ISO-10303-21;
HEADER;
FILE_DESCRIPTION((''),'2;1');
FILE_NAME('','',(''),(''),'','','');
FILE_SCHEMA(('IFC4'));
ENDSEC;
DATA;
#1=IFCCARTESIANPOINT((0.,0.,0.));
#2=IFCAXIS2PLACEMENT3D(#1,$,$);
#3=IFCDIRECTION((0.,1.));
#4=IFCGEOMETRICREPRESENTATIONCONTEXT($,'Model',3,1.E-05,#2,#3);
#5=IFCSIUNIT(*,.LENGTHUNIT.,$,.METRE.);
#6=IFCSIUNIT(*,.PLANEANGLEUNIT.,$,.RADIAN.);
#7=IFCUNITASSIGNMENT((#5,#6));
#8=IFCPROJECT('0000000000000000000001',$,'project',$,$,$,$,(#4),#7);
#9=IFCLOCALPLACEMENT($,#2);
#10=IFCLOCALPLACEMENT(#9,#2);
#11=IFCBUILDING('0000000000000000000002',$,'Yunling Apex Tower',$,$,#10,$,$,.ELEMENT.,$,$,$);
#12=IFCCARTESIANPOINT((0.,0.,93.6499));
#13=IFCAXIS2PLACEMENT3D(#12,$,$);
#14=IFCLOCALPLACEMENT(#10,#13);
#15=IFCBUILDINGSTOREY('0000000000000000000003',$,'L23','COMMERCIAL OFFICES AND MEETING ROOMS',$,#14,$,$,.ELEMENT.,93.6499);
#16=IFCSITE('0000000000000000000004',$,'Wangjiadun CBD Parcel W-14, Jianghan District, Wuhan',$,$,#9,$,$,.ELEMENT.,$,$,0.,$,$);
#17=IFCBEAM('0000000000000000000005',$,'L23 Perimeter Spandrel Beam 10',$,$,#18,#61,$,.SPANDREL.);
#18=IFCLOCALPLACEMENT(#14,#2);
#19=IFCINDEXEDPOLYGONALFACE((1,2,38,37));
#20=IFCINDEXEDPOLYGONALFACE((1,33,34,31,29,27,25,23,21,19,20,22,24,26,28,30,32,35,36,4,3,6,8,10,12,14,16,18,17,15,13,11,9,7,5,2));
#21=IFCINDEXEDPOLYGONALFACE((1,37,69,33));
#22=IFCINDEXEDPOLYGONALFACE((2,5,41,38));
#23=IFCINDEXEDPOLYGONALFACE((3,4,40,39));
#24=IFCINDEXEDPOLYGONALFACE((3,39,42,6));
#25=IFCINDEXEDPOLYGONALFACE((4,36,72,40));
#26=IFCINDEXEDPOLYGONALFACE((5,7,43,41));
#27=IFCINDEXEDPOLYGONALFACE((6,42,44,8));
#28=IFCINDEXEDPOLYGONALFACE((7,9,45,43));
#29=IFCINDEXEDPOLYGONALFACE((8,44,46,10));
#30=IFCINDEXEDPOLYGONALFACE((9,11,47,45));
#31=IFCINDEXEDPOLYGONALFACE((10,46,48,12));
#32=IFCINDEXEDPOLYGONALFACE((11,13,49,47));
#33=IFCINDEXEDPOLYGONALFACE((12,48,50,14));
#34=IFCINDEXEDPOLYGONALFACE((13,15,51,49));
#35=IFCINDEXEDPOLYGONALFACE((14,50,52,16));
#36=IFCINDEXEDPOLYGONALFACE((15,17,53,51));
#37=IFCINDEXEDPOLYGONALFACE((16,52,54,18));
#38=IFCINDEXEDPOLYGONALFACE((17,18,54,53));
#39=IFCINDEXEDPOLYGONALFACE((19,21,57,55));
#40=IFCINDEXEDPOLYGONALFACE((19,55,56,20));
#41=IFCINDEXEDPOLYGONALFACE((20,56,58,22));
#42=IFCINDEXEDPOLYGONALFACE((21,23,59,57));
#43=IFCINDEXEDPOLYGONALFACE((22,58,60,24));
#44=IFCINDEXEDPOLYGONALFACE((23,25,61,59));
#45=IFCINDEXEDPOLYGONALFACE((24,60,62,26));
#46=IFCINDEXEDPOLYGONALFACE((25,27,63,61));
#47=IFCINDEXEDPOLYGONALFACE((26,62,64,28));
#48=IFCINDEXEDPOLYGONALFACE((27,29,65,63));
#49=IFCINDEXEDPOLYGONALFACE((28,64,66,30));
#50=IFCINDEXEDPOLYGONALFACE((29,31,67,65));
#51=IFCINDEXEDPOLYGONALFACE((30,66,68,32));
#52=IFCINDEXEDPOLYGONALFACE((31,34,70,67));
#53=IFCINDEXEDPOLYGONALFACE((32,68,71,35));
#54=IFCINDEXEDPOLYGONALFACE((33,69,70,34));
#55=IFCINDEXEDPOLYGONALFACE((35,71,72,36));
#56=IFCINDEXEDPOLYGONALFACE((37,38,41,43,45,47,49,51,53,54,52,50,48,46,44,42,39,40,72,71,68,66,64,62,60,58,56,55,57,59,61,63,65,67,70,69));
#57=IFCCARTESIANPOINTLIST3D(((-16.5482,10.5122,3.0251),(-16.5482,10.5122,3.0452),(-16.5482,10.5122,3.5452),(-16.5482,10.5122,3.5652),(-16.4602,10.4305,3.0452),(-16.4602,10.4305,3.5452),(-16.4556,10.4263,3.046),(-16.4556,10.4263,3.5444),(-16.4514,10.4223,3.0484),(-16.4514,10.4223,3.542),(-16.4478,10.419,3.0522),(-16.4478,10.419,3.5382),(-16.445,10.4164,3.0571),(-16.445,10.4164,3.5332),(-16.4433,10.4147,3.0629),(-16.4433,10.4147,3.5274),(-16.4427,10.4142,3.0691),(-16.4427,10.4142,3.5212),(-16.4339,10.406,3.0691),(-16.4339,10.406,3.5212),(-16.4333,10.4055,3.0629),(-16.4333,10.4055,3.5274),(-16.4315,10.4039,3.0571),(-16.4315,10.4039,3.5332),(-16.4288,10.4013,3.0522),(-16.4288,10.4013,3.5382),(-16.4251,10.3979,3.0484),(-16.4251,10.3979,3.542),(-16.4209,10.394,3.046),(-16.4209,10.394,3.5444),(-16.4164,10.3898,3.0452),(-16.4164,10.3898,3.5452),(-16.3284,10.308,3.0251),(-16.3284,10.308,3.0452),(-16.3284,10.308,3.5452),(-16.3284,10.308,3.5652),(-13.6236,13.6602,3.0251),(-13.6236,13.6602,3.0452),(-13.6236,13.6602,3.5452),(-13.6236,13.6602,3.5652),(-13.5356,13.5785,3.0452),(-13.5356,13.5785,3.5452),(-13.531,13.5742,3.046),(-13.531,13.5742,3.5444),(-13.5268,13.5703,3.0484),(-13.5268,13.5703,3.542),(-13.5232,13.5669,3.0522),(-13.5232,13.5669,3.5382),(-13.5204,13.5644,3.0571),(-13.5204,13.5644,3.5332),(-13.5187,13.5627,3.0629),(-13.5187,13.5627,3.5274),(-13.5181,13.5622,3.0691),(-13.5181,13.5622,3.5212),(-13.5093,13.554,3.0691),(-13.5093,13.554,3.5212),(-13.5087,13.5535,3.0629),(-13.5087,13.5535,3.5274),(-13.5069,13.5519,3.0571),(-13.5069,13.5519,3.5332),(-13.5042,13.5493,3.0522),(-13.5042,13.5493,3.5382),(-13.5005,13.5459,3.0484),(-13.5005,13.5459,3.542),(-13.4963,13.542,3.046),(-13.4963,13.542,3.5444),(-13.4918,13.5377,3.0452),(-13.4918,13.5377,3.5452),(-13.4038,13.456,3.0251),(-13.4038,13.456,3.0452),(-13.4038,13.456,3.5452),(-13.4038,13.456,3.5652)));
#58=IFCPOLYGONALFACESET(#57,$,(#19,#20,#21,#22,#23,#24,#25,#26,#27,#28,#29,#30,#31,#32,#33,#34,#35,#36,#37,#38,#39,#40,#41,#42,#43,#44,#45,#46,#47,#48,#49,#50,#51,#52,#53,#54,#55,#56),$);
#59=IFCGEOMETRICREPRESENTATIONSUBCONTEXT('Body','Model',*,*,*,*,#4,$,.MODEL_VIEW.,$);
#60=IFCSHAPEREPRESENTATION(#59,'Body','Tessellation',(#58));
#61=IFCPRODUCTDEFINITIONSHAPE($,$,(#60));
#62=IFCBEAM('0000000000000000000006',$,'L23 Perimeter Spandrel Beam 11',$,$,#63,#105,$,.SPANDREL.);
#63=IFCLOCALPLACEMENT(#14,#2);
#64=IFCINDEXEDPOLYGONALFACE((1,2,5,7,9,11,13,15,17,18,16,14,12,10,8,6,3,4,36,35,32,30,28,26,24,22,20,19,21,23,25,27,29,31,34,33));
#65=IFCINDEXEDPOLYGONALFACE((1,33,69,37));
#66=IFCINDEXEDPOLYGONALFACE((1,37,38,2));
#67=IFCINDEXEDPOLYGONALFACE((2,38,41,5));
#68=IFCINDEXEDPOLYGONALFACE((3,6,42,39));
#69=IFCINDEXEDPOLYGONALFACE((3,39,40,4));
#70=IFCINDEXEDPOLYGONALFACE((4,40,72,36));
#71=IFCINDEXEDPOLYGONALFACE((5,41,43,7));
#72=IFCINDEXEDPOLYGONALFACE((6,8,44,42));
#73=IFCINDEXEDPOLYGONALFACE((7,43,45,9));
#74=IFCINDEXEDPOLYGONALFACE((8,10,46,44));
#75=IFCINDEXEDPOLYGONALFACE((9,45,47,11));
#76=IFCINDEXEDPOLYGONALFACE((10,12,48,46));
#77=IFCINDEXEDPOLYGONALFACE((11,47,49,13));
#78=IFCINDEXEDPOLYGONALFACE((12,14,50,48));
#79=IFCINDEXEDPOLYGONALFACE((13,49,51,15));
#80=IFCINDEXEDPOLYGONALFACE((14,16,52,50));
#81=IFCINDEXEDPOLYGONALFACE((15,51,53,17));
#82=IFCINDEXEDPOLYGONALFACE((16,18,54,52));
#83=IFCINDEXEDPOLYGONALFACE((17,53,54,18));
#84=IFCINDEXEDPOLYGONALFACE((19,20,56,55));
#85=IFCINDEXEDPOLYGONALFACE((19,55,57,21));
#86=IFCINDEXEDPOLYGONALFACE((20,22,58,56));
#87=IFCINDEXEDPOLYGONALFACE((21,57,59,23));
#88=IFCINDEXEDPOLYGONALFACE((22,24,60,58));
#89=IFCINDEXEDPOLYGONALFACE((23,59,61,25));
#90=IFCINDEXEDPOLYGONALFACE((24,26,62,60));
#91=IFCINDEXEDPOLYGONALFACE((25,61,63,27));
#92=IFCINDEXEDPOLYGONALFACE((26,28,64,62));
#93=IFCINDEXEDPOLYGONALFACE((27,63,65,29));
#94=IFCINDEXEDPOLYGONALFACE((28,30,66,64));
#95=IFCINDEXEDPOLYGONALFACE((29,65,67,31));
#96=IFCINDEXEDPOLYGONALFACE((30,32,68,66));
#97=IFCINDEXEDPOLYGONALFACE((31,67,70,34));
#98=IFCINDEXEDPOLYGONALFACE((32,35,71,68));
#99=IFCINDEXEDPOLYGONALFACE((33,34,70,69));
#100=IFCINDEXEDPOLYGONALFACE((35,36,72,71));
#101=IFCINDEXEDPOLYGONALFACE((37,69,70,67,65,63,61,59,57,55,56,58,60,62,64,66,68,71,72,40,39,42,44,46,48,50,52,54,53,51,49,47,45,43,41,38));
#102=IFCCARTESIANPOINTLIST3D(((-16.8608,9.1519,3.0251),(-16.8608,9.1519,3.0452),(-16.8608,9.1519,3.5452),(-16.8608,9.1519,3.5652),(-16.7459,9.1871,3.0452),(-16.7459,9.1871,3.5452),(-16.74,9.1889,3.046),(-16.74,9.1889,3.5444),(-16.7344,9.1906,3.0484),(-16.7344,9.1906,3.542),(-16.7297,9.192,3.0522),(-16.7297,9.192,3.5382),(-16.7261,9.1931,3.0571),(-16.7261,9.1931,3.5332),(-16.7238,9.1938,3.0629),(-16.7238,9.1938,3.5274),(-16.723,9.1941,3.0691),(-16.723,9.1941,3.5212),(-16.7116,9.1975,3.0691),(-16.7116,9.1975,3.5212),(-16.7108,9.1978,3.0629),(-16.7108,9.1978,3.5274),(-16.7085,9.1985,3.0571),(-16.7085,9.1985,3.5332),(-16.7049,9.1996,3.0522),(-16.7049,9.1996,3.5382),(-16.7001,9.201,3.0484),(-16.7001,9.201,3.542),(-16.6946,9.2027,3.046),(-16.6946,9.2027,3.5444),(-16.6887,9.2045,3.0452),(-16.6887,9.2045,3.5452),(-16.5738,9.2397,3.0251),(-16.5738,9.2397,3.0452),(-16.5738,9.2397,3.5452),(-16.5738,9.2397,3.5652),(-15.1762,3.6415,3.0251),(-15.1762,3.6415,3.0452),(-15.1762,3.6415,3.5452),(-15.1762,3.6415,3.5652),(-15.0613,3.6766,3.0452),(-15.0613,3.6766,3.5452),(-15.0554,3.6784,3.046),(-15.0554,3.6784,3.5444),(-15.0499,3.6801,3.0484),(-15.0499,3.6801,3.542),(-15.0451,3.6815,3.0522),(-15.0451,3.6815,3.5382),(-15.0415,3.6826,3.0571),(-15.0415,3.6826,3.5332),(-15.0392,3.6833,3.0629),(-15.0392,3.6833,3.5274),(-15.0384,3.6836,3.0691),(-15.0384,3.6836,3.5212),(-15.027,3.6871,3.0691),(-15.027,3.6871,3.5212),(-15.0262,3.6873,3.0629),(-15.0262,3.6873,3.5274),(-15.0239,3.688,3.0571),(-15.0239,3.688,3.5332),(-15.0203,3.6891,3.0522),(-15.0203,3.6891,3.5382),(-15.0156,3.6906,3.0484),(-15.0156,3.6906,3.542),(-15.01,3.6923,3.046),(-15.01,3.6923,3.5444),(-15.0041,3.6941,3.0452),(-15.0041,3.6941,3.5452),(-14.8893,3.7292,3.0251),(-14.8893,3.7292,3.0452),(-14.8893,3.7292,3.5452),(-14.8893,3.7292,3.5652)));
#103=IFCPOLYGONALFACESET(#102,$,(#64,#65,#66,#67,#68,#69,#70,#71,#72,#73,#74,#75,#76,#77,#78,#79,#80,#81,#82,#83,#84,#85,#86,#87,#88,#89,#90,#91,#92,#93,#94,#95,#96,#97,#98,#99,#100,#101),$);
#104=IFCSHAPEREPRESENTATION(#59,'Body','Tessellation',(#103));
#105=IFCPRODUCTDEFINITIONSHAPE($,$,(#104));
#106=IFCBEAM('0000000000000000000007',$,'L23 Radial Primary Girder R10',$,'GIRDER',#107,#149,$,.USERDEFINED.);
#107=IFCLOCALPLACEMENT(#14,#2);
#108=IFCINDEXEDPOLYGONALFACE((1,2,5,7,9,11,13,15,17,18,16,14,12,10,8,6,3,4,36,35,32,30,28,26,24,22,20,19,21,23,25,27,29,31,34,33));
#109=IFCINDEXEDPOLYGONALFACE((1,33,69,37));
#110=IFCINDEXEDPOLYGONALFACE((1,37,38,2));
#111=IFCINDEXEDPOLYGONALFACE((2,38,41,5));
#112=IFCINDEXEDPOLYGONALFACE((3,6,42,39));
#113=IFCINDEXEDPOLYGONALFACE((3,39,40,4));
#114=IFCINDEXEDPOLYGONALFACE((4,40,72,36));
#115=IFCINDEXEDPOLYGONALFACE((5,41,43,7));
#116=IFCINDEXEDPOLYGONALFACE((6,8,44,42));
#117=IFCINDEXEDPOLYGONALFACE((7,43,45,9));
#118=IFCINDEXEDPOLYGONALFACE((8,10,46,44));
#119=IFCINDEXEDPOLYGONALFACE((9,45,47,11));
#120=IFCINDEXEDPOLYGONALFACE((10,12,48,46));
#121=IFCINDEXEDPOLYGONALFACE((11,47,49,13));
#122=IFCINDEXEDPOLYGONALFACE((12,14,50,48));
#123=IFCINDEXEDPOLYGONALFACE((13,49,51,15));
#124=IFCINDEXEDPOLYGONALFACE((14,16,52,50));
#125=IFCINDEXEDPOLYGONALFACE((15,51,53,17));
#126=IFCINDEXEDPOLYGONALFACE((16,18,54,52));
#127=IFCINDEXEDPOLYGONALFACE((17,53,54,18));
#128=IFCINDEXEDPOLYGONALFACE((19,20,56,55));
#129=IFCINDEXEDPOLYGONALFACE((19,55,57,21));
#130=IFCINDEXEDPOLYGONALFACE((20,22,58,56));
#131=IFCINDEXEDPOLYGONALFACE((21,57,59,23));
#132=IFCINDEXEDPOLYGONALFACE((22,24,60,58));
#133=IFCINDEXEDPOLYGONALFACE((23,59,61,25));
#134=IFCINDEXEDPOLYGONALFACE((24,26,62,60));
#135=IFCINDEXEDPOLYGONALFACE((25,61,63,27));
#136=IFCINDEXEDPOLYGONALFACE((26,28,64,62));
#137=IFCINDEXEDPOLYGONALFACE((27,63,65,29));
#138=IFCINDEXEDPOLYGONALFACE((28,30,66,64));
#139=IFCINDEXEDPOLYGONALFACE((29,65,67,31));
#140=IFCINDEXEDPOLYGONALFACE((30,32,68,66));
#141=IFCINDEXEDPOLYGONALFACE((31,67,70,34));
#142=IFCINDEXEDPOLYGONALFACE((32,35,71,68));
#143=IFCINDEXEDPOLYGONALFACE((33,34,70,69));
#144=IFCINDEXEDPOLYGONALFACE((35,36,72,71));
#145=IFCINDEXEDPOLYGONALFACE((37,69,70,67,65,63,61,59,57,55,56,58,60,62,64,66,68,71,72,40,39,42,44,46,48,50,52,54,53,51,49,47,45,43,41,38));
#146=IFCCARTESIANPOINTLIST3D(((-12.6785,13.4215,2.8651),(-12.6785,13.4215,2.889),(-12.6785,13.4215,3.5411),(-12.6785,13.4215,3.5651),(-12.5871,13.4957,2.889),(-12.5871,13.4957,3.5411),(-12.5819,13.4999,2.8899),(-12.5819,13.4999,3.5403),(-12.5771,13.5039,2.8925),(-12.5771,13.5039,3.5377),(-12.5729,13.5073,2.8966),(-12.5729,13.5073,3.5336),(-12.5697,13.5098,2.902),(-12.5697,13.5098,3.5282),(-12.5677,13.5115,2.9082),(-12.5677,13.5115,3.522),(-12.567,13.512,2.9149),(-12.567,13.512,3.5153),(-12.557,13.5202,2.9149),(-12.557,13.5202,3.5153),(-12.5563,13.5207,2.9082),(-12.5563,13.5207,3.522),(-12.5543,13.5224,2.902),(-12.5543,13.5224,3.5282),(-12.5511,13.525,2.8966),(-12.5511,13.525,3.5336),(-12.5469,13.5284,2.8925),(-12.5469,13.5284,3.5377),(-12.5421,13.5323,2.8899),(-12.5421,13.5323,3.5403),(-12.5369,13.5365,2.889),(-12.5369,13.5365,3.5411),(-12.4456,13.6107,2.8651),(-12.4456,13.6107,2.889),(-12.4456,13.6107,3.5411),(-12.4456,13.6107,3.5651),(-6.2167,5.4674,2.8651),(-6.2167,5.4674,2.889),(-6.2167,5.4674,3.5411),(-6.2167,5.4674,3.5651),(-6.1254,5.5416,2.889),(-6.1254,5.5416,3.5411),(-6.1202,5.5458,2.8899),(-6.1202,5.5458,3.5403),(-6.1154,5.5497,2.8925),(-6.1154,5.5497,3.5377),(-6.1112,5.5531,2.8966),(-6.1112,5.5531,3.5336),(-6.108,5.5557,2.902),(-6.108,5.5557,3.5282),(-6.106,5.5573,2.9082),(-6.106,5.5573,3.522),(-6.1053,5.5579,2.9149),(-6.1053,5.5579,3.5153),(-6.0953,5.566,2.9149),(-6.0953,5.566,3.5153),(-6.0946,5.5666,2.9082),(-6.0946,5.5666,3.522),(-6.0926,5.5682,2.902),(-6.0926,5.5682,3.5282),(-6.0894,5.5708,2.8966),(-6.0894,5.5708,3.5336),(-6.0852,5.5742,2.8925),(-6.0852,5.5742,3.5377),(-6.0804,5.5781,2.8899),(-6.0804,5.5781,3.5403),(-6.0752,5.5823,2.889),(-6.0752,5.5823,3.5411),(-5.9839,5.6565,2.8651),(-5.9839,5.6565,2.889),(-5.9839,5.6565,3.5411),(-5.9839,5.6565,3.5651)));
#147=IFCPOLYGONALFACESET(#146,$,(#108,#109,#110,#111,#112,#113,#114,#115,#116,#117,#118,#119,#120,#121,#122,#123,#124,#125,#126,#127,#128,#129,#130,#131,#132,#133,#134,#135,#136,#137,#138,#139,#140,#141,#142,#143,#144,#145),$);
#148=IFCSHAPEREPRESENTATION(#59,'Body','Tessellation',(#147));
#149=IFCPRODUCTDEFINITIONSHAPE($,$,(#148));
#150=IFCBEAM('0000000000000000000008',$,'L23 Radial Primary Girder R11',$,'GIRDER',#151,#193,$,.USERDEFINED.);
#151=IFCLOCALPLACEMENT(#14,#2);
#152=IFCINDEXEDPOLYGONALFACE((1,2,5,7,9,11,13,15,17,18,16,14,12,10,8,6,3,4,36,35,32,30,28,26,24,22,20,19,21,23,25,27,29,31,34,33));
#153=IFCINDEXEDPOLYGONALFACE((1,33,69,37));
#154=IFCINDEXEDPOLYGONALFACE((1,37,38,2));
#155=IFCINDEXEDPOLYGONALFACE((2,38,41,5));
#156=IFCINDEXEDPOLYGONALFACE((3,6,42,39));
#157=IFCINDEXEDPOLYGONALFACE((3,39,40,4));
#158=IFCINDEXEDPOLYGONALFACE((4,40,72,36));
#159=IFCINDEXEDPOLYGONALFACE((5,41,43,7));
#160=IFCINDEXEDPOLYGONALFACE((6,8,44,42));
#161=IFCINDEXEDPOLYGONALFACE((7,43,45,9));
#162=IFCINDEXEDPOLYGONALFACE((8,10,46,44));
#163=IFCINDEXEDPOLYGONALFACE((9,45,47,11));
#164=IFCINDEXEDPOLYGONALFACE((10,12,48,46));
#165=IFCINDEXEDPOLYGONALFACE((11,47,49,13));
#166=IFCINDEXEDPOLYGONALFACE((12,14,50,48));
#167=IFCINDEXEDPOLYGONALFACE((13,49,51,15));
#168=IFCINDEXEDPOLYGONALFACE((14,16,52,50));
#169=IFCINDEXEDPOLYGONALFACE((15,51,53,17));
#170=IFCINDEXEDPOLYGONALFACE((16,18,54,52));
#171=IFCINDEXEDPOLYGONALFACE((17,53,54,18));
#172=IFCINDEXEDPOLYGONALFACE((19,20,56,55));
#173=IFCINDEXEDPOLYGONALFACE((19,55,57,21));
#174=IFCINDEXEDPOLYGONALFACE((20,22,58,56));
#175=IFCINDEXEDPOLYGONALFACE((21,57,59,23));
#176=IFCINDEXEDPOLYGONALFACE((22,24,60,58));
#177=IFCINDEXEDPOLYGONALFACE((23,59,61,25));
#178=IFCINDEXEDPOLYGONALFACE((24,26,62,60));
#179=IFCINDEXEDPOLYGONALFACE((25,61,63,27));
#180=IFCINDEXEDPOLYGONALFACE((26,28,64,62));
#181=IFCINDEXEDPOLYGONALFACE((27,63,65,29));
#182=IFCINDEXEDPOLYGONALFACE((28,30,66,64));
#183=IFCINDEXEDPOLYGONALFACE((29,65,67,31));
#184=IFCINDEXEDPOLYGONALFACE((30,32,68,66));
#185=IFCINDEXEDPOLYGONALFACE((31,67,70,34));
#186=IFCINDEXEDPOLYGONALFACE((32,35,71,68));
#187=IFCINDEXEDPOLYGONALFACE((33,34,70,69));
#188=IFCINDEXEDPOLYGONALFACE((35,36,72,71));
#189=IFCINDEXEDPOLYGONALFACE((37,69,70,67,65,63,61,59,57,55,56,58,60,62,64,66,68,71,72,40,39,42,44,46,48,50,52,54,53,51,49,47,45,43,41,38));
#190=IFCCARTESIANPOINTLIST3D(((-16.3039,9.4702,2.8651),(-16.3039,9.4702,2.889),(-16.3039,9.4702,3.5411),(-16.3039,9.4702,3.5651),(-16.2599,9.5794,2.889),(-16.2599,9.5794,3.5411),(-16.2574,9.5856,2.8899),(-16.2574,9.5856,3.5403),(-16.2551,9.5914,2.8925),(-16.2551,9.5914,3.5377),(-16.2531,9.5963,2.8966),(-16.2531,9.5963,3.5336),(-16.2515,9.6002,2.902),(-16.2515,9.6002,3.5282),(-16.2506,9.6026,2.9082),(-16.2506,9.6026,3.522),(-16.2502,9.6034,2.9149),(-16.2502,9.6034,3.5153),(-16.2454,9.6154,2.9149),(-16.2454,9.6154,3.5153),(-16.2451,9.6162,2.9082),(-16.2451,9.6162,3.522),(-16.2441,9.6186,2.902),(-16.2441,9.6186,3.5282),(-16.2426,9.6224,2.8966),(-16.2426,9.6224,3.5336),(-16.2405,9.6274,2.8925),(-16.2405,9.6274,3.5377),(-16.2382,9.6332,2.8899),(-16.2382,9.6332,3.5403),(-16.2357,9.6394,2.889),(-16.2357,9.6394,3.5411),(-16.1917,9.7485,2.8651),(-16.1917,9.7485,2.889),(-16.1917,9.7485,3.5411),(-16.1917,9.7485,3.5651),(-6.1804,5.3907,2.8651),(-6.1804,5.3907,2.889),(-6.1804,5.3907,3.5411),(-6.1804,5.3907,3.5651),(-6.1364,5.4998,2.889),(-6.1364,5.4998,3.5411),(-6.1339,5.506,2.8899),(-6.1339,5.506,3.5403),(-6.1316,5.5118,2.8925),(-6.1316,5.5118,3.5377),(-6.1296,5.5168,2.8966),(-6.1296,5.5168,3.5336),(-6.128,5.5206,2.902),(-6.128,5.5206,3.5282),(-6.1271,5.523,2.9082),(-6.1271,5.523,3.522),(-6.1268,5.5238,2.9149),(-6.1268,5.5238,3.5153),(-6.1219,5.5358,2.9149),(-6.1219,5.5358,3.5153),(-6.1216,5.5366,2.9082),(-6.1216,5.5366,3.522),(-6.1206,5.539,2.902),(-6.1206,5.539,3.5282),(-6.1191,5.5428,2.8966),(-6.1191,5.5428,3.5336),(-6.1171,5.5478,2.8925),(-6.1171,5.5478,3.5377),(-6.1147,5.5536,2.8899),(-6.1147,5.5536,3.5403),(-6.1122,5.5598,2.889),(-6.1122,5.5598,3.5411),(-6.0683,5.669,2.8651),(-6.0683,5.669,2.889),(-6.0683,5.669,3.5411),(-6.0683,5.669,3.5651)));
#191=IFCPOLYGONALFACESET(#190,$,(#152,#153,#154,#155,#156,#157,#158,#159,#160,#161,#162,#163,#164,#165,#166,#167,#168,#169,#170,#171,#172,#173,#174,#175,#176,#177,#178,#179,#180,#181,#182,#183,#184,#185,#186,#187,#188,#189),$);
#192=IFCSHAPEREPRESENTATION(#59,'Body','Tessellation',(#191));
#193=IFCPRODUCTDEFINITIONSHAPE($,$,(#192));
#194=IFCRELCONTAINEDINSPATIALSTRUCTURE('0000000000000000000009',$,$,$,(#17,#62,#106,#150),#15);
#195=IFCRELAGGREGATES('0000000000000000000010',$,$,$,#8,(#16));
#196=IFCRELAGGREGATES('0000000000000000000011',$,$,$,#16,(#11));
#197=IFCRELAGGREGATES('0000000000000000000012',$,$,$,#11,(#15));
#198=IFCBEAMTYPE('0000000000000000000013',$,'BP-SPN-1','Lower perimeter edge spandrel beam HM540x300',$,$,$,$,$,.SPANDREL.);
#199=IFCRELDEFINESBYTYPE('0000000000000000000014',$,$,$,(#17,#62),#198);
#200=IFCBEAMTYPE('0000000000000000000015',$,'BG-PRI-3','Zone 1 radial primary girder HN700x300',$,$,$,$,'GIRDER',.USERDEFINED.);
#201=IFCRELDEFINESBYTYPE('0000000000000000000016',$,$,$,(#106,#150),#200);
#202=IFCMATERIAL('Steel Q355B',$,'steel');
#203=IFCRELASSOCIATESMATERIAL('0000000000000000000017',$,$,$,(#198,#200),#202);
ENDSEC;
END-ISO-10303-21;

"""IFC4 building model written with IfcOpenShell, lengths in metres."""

from ifc_helpers import new_model, si_unit, direction, frame, origin, origin_2d, place, context, subcontext, project, spatial, i_section, extrude, source, transform, mapped, material, material_profile, profile_set, type_object, element, save


model = new_model("IFC4")

# Units and contexts
model_context = context("Model", 3, precision=1e-05, world=origin(), true_north=direction((0.0, 1.0)))
body_context = subcontext(model_context, "Body", "Model", "MODEL_VIEW")
ifc_project = project(units=[si_unit("LENGTHUNIT", "METRE"), si_unit("PLANEANGLEUNIT", "RADIAN")], contexts=[model_context])

# Site, building, storey
site_placement = place(None, origin())
site = spatial("IfcSite", under=ifc_project, at=site_placement, Name="Wangjiadun CBD Parcel W-14, Jianghan District, Wuhan", CompositionType="ELEMENT", RefElevation=0.0)
building_placement = place(site_placement, origin())
building = spatial("IfcBuilding", under=site, at=building_placement, Name="Yunling Apex Tower", CompositionType="ELEMENT")
storey_placement = place(building_placement, frame((0.0, 0.0, 93.6499)))
storey = spatial("IfcBuildingStorey", under=building, at=storey_placement, Name="L23", Description="COMMERCIAL OFFICES AND MEETING ROOMS", CompositionType="ELEMENT", Elevation=93.6499)

# Beams
ifc_material_1 = material(Name="Steel Q355B", Category="steel")
ifc_material_profile_1 = material_profile(ifc_material_1, i_section(OverallWidth=0.3, OverallDepth=0.54, WebThickness=0.012, FlangeThickness=0.02, FilletRadius=0.0239, at=origin_2d()))
ifc_profile_set_1 = profile_set([ifc_material_profile_1], Name="Steel Q355B")
beam_type_1 = type_object("IfcBeamType", Name="BP-SPN-1", Description="Lower perimeter edge spandrel beam HM540x300", PredefinedType="SPANDREL", material=ifc_profile_set_1)
shared_shape_1 = source(origin(), body_context, "Body", "SweptSolid", [
    extrude(i_section(OverallWidth=0.3, OverallDepth=0.54, WebThickness=0.012, FlangeThickness=0.02, FilletRadius=0.0239, at=origin_2d()), origin(), (0.0, 0.0, 1.0), 4.2969),
])
beam_1_placement = place(storey_placement, frame((-13.5137, 13.5581, 3.2952), z_axis=(-0.680634, -0.732623, 0.0), x_axis=(0.732623, -0.680634, 0.0)))
element("IfcBeam", 1, at=beam_1_placement, inside=storey, type_object=beam_type_1, Name="L23 Perimeter Spandrel Beam 10", PredefinedType="SPANDREL", context=body_context, shape_type="MappedRepresentation", body=[
    mapped(shared_shape_1, transform((0.0, 0.0, 0.0), scale=1.0)),
])
shared_shape_2 = source(origin(), body_context, "Body", "SweptSolid", [
    extrude(i_section(OverallWidth=0.3, OverallDepth=0.54, WebThickness=0.012, FlangeThickness=0.02, FilletRadius=0.0239, at=origin_2d()), origin(), (0.0, 0.0, 1.0), 5.7622),
])
beam_2_placement = place(storey_placement, frame((-16.7173, 9.1958, 3.2952), z_axis=(0.292347, -0.956312, 0.0), x_axis=(0.956312, 0.292347, 0.0)))
element("IfcBeam", 2, at=beam_2_placement, inside=storey, type_object=beam_type_1, Name="L23 Perimeter Spandrel Beam 11", PredefinedType="SPANDREL", context=body_context, shape_type="MappedRepresentation", body=[
    mapped(shared_shape_2, transform((0.0, 0.0, 0.0), scale=1.0)),
])
ifc_material_profile_2 = material_profile(ifc_material_1, i_section(OverallWidth=0.3, OverallDepth=0.7, WebThickness=0.0129, FlangeThickness=0.0239, FilletRadius=0.0259, at=origin_2d()))
ifc_profile_set_2 = profile_set([ifc_material_profile_2], Name="Steel Q355B")
beam_type_2 = type_object("IfcBeamType", Name="BG-PRI-3", Description="Zone 1 radial primary girder HN700x300", ElementType="GIRDER", PredefinedType="USERDEFINED", material=ifc_profile_set_2)
shared_shape_3 = source(origin(), body_context, "Body", "SweptSolid", [
    extrude(i_section(OverallWidth=0.3, OverallDepth=0.7, WebThickness=0.0129, FlangeThickness=0.0239, FilletRadius=0.0259, at=origin_2d()), origin(), (0.0, 0.0, 1.0), 10.248),
])
beam_3_placement = place(storey_placement, frame((-12.562, 13.5161, 3.2151), z_axis=(0.630532, -0.776164, 0.0), x_axis=(0.776164, 0.630532, 0.0)))
element("IfcBeam", 3, at=beam_3_placement, inside=storey, type_object=beam_type_2, Name="L23 Radial Primary Girder R10", ObjectType="GIRDER", PredefinedType="USERDEFINED", context=body_context, shape_type="MappedRepresentation", body=[
    mapped(shared_shape_3, transform((0.0, 0.0, 0.0), scale=1.0)),
])
shared_shape_4 = source(origin(), body_context, "Body", "SweptSolid", [
    extrude(i_section(OverallWidth=0.3, OverallDepth=0.7, WebThickness=0.0129, FlangeThickness=0.0239, FilletRadius=0.0259, at=origin_2d()), origin(), (0.0, 0.0, 1.0), 10.9146),
])
beam_4_placement = place(storey_placement, frame((-16.2478, 9.6094, 3.2151), z_axis=(0.92752, -0.373773, 0.0), x_axis=(0.373773, 0.92752, 0.0)))
element("IfcBeam", 4, at=beam_4_placement, inside=storey, type_object=beam_type_2, Name="L23 Radial Primary Girder R11", ObjectType="GIRDER", PredefinedType="USERDEFINED", context=body_context, shape_type="MappedRepresentation", body=[
    mapped(shared_shape_4, transform((0.0, 0.0, 0.0), scale=1.0)),
])

save(model, "model.ifc")
